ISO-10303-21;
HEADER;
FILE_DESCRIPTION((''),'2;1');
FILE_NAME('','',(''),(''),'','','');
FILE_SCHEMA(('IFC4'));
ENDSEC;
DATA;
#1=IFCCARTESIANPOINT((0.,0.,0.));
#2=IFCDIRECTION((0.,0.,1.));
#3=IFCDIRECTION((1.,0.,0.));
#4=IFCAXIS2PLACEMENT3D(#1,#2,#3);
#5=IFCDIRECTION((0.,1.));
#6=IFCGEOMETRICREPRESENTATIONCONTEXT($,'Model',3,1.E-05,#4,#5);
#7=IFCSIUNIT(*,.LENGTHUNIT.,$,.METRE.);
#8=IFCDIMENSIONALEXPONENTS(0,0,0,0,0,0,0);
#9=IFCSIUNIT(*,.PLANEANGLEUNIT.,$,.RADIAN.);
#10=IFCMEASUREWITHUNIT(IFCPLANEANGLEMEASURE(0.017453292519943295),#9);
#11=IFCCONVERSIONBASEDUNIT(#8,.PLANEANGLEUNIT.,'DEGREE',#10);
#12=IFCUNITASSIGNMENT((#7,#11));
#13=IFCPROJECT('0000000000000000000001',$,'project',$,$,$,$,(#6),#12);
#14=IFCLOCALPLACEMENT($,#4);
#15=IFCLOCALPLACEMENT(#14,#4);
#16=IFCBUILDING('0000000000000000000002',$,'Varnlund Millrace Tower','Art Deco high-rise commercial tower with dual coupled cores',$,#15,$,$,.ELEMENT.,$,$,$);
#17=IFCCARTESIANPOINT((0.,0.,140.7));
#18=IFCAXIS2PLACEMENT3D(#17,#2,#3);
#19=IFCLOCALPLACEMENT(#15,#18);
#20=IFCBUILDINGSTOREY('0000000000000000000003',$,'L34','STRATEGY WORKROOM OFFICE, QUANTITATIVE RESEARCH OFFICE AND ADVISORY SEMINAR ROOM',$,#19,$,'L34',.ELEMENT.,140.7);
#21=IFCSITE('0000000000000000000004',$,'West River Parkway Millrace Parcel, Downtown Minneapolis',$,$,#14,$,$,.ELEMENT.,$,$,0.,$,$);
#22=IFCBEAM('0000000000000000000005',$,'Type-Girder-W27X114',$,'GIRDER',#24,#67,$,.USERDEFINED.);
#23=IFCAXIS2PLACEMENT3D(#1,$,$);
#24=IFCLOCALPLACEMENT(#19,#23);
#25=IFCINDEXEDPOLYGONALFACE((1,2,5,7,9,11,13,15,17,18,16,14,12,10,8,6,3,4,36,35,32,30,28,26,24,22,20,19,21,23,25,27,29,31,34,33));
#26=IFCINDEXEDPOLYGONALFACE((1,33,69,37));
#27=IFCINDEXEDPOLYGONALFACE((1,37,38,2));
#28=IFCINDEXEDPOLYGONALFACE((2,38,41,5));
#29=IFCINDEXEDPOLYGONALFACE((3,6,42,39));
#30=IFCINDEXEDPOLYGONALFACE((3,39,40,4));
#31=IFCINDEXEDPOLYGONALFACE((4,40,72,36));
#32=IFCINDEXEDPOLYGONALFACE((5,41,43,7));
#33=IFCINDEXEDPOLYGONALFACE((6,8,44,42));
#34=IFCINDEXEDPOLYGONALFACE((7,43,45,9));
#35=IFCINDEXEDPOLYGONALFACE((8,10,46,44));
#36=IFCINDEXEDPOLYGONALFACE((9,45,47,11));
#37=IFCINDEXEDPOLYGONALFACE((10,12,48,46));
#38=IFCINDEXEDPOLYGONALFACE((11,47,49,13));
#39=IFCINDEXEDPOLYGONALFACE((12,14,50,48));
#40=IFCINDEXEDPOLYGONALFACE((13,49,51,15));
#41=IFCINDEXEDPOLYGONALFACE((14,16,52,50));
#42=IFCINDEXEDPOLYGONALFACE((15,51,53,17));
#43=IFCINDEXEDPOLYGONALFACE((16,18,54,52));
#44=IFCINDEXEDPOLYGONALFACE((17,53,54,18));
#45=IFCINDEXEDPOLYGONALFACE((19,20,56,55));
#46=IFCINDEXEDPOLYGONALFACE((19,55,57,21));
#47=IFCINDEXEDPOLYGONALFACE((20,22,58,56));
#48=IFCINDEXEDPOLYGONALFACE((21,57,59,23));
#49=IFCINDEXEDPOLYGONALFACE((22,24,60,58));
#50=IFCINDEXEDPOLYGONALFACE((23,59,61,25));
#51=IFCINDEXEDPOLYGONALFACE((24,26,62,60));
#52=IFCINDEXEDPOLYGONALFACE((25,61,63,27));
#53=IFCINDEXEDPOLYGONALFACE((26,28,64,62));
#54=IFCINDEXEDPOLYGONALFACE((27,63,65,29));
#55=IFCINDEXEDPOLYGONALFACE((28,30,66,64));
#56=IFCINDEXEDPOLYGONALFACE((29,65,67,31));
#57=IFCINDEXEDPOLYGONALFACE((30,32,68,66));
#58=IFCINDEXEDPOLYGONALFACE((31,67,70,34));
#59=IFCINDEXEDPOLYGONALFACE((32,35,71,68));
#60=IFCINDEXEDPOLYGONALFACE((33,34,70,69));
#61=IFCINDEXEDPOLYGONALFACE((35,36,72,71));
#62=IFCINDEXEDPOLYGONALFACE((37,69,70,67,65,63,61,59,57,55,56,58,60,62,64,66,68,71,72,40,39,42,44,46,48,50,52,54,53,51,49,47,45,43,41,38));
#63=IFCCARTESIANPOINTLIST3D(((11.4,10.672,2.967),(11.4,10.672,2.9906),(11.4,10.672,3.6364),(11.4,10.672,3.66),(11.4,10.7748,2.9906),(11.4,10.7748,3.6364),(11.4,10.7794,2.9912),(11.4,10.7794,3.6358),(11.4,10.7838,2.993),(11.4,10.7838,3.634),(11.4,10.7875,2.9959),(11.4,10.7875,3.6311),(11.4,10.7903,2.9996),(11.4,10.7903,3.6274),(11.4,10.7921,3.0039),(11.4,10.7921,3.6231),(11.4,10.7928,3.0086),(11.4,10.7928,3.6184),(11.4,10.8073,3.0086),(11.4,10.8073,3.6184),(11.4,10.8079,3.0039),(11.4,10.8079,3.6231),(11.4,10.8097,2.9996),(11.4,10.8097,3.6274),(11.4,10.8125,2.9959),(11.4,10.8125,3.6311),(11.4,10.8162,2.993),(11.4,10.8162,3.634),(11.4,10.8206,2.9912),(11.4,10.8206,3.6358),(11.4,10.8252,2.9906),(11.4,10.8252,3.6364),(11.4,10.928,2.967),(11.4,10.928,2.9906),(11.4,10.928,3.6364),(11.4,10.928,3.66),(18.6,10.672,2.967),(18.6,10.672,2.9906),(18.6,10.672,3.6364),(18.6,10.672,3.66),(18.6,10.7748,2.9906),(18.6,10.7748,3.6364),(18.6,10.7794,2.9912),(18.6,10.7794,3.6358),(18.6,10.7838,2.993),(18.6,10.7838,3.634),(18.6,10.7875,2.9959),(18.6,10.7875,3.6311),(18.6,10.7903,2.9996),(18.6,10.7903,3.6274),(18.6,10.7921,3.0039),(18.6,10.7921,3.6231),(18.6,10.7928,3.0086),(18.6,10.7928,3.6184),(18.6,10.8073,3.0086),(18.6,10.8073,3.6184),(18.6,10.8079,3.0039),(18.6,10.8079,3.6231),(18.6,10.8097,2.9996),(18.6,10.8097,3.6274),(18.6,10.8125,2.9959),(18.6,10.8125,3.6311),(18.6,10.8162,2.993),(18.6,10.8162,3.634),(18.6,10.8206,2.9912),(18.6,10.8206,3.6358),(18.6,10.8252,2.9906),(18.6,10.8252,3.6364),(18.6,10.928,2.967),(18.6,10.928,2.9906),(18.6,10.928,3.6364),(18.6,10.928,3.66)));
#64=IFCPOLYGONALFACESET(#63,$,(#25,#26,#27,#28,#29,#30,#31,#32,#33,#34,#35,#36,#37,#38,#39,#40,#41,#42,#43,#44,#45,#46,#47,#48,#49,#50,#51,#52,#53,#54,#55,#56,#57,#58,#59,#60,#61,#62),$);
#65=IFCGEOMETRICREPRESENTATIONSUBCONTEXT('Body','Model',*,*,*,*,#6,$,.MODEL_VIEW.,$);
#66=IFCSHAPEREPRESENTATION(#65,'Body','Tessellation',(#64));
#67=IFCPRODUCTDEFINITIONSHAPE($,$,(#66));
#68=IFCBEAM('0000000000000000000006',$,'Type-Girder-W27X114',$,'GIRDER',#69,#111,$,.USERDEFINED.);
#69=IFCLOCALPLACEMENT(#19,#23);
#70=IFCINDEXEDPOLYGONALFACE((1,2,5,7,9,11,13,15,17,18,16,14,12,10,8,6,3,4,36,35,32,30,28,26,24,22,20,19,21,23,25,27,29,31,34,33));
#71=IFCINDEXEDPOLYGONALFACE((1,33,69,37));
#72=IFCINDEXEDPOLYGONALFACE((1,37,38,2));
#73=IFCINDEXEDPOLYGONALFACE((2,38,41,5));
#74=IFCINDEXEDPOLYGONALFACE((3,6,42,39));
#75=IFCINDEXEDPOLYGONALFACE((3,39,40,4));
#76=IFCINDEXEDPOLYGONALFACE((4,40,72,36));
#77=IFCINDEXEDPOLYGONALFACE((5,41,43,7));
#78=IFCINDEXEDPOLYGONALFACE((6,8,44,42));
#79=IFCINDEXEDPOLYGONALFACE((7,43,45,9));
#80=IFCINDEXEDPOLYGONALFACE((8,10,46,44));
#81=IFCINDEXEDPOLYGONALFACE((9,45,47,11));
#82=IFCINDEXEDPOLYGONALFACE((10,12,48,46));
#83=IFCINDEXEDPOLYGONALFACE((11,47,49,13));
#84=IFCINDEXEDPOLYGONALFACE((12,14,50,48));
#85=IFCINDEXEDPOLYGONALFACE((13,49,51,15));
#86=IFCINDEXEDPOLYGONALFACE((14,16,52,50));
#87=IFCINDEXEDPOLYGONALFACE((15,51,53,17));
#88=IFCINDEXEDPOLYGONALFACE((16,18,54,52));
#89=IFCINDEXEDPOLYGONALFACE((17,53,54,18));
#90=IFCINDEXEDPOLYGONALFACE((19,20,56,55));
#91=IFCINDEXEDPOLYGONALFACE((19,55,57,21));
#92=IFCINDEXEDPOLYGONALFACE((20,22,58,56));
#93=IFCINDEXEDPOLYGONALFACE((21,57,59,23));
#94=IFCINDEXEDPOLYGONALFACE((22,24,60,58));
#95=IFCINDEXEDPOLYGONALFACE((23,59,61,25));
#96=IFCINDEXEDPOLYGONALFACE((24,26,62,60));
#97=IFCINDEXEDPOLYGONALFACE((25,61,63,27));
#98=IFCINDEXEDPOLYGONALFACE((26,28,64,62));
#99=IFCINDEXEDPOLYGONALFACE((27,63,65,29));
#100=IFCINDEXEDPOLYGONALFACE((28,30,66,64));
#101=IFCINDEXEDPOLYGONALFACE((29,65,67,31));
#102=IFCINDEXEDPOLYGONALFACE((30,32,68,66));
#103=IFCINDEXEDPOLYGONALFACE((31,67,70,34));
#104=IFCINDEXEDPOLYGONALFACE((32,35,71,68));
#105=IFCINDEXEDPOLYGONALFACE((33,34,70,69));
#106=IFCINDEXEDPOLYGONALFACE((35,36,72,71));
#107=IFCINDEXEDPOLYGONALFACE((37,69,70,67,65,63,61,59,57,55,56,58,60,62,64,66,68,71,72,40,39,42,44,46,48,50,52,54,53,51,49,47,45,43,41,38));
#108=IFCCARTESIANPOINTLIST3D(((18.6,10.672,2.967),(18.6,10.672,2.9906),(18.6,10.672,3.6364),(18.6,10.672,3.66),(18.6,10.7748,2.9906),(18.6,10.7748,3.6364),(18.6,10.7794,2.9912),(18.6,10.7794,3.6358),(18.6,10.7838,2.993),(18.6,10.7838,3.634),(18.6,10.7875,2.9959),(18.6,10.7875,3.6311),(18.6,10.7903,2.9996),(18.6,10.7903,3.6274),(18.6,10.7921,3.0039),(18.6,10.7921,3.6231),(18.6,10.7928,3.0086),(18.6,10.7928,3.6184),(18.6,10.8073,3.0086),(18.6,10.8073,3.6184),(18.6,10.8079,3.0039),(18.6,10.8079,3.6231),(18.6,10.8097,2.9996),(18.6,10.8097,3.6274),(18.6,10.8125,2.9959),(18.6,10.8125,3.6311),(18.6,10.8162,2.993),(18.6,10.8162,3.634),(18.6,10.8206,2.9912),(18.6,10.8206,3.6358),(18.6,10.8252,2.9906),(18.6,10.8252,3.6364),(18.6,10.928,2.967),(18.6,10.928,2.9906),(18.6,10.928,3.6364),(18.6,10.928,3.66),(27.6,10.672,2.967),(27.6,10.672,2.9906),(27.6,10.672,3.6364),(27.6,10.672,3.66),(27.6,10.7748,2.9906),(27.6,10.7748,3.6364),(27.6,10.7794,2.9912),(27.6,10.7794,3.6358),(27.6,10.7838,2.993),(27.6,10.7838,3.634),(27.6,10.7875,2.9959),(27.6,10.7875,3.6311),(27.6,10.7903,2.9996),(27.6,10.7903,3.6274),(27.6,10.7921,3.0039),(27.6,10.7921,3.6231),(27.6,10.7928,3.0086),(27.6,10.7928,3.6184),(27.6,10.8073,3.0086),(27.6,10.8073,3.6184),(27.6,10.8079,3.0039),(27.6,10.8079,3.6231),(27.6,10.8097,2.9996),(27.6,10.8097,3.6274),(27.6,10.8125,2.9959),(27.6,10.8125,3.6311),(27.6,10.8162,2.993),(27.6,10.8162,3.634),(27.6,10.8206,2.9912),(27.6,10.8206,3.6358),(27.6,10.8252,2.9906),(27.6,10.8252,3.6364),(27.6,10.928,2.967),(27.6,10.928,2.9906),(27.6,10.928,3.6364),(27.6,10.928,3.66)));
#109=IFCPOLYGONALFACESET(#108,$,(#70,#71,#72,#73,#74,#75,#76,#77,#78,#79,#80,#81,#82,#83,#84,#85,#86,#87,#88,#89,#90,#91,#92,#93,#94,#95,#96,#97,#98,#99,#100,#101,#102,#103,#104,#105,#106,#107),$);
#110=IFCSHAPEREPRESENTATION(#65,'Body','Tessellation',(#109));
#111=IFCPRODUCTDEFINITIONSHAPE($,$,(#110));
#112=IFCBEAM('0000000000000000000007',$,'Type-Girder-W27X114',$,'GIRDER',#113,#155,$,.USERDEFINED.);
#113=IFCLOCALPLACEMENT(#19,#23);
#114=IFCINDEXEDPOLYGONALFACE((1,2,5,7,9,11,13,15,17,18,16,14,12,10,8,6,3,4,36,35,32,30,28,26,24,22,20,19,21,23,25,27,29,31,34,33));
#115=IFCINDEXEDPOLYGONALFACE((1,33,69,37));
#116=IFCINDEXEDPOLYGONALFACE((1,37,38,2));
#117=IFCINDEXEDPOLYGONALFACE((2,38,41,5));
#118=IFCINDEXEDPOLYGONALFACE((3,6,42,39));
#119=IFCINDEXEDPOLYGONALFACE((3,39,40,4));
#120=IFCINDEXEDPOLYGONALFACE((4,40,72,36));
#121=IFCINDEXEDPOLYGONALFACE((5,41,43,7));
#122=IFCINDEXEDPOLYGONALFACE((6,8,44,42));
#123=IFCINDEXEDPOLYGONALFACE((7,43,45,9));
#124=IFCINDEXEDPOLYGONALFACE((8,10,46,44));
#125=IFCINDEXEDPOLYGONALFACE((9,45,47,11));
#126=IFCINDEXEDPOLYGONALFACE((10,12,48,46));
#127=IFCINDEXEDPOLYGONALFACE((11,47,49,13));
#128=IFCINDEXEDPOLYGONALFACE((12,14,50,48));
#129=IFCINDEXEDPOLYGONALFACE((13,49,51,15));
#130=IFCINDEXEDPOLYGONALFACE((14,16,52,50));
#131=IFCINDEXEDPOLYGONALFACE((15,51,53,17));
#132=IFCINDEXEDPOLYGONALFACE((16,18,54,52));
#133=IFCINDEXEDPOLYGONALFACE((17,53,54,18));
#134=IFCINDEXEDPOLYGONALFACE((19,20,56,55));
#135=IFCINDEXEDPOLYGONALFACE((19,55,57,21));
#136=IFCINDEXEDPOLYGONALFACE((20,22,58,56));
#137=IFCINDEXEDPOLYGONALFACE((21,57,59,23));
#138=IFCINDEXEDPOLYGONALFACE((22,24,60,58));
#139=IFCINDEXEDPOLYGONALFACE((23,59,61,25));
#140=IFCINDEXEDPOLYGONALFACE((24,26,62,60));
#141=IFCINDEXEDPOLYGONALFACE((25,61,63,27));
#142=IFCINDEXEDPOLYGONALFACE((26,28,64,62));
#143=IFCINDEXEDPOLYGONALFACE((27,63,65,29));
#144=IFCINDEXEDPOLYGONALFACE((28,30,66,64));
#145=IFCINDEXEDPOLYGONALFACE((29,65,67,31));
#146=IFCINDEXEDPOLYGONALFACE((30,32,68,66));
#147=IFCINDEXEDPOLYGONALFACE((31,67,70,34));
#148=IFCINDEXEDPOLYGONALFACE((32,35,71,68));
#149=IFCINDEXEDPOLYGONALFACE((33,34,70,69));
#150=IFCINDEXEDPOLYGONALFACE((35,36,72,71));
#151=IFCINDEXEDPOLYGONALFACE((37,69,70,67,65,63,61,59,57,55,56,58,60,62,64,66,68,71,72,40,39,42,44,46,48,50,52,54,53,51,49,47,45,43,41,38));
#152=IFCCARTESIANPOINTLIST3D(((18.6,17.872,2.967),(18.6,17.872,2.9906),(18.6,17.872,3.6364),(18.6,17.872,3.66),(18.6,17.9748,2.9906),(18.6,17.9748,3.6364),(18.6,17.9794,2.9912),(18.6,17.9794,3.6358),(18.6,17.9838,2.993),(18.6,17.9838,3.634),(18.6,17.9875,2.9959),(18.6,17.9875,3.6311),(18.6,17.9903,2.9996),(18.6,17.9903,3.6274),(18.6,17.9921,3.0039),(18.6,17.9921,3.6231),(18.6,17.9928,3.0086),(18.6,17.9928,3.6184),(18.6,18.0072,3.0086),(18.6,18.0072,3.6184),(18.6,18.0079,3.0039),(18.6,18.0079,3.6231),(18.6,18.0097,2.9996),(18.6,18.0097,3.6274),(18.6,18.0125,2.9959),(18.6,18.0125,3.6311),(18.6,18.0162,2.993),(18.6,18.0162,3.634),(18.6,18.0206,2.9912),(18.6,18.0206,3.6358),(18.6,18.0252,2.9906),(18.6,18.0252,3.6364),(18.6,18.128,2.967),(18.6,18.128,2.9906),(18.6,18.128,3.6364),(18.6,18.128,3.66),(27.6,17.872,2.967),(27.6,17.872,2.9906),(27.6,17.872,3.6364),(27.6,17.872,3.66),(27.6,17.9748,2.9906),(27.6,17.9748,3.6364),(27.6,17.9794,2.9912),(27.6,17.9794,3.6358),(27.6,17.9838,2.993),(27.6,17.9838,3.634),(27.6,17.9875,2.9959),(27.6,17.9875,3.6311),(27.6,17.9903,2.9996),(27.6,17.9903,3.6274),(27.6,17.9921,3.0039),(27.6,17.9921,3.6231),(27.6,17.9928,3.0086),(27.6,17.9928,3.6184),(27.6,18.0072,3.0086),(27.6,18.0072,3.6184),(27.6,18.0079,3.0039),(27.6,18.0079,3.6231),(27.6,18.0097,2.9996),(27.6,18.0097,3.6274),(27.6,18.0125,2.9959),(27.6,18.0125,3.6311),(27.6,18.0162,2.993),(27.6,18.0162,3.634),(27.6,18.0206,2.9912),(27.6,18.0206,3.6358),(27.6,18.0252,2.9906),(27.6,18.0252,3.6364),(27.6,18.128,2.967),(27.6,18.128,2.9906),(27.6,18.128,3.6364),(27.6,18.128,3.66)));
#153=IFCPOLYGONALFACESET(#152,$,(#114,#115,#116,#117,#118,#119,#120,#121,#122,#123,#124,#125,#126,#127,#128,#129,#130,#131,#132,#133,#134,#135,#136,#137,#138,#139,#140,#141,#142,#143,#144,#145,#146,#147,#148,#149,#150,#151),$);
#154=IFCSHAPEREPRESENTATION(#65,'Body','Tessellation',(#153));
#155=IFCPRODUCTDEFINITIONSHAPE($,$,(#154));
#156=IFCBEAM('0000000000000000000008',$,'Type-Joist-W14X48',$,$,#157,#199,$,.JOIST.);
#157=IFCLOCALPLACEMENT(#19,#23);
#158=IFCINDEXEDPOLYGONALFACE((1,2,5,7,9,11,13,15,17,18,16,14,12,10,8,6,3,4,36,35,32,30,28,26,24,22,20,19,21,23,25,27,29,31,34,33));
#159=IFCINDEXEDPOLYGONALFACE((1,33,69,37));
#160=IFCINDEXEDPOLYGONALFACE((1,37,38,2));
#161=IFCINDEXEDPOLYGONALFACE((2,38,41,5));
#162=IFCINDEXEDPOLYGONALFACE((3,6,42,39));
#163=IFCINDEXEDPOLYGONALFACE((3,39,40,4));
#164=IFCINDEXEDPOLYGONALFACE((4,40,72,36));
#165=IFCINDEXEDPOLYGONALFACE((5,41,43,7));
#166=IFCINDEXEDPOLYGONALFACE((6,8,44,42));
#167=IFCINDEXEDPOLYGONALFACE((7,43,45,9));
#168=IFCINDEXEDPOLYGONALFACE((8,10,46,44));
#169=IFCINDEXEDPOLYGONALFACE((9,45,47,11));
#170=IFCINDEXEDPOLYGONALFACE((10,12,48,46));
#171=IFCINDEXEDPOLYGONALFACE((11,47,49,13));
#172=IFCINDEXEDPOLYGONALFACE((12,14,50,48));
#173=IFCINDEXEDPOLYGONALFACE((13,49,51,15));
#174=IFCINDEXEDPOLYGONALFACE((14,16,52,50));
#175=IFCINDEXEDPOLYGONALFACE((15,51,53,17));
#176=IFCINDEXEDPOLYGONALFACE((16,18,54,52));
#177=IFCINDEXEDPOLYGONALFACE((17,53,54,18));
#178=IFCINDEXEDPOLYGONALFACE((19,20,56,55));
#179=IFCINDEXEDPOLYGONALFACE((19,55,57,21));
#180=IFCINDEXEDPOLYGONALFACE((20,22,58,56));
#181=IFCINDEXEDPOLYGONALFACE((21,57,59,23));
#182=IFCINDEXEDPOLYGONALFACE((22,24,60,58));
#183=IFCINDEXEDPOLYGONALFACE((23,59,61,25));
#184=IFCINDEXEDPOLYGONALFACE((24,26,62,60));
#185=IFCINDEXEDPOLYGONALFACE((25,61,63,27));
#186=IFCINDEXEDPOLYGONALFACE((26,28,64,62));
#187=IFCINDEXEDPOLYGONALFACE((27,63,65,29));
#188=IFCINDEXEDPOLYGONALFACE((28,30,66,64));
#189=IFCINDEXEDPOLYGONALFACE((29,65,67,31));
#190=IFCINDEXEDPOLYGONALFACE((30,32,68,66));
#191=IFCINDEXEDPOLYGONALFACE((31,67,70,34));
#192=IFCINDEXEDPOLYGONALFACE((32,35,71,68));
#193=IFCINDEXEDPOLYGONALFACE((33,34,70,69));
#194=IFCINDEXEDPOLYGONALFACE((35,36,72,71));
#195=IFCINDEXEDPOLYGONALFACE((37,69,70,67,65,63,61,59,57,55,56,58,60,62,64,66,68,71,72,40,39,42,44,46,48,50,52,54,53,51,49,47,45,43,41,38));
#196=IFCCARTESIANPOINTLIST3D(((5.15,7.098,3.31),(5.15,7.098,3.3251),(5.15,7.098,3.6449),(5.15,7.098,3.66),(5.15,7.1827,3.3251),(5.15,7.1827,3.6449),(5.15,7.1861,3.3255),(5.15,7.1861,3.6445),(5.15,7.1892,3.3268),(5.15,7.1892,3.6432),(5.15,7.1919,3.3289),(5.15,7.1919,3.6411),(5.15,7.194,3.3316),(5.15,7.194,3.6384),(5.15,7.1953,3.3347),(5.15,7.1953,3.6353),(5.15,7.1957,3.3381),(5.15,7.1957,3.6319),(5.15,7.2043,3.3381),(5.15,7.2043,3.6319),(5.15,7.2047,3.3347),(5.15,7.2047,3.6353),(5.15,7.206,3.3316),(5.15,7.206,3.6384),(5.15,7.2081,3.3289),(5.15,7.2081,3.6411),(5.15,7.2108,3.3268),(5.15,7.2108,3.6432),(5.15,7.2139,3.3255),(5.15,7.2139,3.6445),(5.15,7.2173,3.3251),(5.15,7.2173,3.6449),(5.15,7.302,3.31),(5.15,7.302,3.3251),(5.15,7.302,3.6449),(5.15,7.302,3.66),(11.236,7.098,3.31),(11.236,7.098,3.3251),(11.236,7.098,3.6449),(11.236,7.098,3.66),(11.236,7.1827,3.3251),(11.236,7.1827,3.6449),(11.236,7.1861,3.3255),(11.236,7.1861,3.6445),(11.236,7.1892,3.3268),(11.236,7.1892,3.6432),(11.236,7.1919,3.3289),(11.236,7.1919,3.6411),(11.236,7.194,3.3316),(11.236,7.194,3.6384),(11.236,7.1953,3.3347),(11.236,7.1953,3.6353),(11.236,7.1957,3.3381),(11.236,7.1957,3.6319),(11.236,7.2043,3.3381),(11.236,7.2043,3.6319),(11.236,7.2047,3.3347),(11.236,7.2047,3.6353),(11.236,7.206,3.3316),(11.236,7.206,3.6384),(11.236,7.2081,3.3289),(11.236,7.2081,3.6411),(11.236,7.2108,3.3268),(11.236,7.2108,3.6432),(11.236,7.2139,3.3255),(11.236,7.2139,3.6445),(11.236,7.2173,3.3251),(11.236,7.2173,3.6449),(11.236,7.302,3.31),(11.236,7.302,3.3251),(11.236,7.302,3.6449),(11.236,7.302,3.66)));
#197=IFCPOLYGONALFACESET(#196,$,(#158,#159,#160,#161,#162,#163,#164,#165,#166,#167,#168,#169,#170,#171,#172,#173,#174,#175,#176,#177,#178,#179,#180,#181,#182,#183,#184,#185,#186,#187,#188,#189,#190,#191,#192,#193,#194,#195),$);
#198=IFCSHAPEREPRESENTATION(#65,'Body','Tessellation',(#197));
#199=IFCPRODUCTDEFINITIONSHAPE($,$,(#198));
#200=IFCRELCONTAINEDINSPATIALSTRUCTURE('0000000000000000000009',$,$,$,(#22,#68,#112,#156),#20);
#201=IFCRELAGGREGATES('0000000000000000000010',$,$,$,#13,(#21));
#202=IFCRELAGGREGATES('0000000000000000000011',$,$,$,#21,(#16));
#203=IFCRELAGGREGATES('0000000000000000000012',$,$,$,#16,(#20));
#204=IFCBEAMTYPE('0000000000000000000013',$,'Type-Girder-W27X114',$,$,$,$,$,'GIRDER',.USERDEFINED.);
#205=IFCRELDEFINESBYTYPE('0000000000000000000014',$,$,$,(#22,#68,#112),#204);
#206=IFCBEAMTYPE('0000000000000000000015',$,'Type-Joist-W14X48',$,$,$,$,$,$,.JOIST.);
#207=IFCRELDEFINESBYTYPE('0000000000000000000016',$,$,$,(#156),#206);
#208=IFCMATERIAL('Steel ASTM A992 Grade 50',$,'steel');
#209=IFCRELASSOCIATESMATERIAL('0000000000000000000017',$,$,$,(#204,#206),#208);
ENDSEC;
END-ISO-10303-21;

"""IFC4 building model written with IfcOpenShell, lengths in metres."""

from ifc_helpers import new_model, entity, si_unit, converted_unit, direction, frame, origin_with_axes, origin_2d_with_axis, place, context, subcontext, project, spatial, i_section, extrude, material, material_profile, profile_set, type_object, element, save


model = new_model("IFC4")

# Units and contexts
model_context = context("Model", 3, precision=1e-05, world=origin_with_axes(), true_north=direction((0.0, 1.0)))
body_context = subcontext(model_context, "Body", "Model", "MODEL_VIEW")
ifc_project = project(units=[si_unit("LENGTHUNIT", "METRE"), converted_unit("PLANEANGLEUNIT", "DEGREE", entity("IfcPlaneAngleMeasure", 0.017453292519943295), si_unit("PLANEANGLEUNIT", "RADIAN"), dimensions=[0, 0, 0, 0, 0, 0, 0])], contexts=[model_context])

# Site, building, storey
site_placement = place(None, origin_with_axes())
site = spatial("IfcSite", under=ifc_project, at=site_placement, Name="West River Parkway Millrace Parcel, Downtown Minneapolis", CompositionType="ELEMENT", RefElevation=0.0)
building_placement = place(site_placement, origin_with_axes())
building = spatial("IfcBuilding", under=site, at=building_placement, Name="Varnlund Millrace Tower", Description="Art Deco high-rise commercial tower with dual coupled cores", CompositionType="ELEMENT")
storey_placement = place(building_placement, frame((0.0, 0.0, 140.7), z_axis=(0.0, 0.0, 1.0), x_axis=(1.0, 0.0, 0.0)))
storey = spatial("IfcBuildingStorey", under=building, at=storey_placement, Name="L34", Description="STRATEGY WORKROOM OFFICE, QUANTITATIVE RESEARCH OFFICE AND ADVISORY SEMINAR ROOM", LongName="L34", CompositionType="ELEMENT", Elevation=140.7)

# Beams
ifc_material_1 = material(Name="Steel ASTM A992 Grade 50", Category="steel")
ifc_material_profile_1 = material_profile(ifc_material_1, i_section(OverallWidth=0.256, OverallDepth=0.693, WebThickness=0.0145, FlangeThickness=0.0236, FilletRadius=0.018, at=origin_2d_with_axis()), Name="Steel ASTM A992 Grade 50")
ifc_profile_set_1 = profile_set([ifc_material_profile_1], Name="Steel ASTM A992 Grade 50")
beam_type_1 = type_object("IfcBeamType", Name="Type-Girder-W27X114", ElementType="GIRDER", PredefinedType="USERDEFINED", material=ifc_profile_set_1)
beam_1_placement = place(storey_placement, frame((11.4, 10.8, 3.3135), z_axis=(1.0, 0.0, 0.0), x_axis=(0.0, 1.0, 0.0)))
element("IfcBeam", 1, at=beam_1_placement, inside=storey, type_object=beam_type_1, Name="Type-Girder-W27X114", ObjectType="GIRDER", PredefinedType="USERDEFINED", context=body_context, shape_type="SweptSolid", body=[
    extrude(i_section(OverallWidth=0.256, OverallDepth=0.693, WebThickness=0.0145, FlangeThickness=0.0236, FilletRadius=0.018, at=origin_2d_with_axis()), origin_with_axes(), (0.0, 0.0, 1.0), 7.2),
])
for number, where, z_axis, x_axis, name in (
    (2, (18.6, 10.8, 3.3135), (1.0, 0.0, 0.0), (0.0, 1.0, 0.0), "Type-Girder-W27X114"),
    (3, (18.6, 18.0, 3.3135), (1.0, 0.0, 0.0), (0.0, 1.0, 0.0), "Type-Girder-W27X114"),
):
    element("IfcBeam", number, at=place(storey_placement, frame(where, z_axis=z_axis, x_axis=x_axis)), inside=storey, type_object=beam_type_1, Name=name, ObjectType="GIRDER", PredefinedType="USERDEFINED", context=body_context, shape_type="SweptSolid", body=[
        extrude(i_section(OverallWidth=0.256, OverallDepth=0.693, WebThickness=0.0145, FlangeThickness=0.0236, FilletRadius=0.018, at=origin_2d_with_axis()), origin_with_axes(), (0.0, 0.0, 1.0), 9.0),
    ])
ifc_material_profile_2 = material_profile(ifc_material_1, i_section(OverallWidth=0.204, OverallDepth=0.35, WebThickness=0.0086, FlangeThickness=0.0151, FilletRadius=0.013, at=origin_2d_with_axis()), Name="Steel ASTM A992 Grade 50")
ifc_profile_set_2 = profile_set([ifc_material_profile_2], Name="Steel ASTM A992 Grade 50")
beam_type_2 = type_object("IfcBeamType", Name="Type-Joist-W14X48", PredefinedType="JOIST", material=ifc_profile_set_2)
for number, where, z_axis, x_axis, name in (
    (4, (5.15, 7.2, 3.485), (1.0, 0.0, 0.0), (0.0, 1.0, 0.0), "Type-Joist-W14X48"),
):
    element("IfcBeam", number, at=place(storey_placement, frame(where, z_axis=z_axis, x_axis=x_axis)), inside=storey, type_object=beam_type_2, Name=name, PredefinedType="JOIST", context=body_context, shape_type="SweptSolid", body=[
        extrude(i_section(OverallWidth=0.204, OverallDepth=0.35, WebThickness=0.0086, FlangeThickness=0.0151, FilletRadius=0.013, at=origin_2d_with_axis()), origin_with_axes(), (0.0, 0.0, 1.0), 6.086),
    ])

save(model, "model.ifc")
